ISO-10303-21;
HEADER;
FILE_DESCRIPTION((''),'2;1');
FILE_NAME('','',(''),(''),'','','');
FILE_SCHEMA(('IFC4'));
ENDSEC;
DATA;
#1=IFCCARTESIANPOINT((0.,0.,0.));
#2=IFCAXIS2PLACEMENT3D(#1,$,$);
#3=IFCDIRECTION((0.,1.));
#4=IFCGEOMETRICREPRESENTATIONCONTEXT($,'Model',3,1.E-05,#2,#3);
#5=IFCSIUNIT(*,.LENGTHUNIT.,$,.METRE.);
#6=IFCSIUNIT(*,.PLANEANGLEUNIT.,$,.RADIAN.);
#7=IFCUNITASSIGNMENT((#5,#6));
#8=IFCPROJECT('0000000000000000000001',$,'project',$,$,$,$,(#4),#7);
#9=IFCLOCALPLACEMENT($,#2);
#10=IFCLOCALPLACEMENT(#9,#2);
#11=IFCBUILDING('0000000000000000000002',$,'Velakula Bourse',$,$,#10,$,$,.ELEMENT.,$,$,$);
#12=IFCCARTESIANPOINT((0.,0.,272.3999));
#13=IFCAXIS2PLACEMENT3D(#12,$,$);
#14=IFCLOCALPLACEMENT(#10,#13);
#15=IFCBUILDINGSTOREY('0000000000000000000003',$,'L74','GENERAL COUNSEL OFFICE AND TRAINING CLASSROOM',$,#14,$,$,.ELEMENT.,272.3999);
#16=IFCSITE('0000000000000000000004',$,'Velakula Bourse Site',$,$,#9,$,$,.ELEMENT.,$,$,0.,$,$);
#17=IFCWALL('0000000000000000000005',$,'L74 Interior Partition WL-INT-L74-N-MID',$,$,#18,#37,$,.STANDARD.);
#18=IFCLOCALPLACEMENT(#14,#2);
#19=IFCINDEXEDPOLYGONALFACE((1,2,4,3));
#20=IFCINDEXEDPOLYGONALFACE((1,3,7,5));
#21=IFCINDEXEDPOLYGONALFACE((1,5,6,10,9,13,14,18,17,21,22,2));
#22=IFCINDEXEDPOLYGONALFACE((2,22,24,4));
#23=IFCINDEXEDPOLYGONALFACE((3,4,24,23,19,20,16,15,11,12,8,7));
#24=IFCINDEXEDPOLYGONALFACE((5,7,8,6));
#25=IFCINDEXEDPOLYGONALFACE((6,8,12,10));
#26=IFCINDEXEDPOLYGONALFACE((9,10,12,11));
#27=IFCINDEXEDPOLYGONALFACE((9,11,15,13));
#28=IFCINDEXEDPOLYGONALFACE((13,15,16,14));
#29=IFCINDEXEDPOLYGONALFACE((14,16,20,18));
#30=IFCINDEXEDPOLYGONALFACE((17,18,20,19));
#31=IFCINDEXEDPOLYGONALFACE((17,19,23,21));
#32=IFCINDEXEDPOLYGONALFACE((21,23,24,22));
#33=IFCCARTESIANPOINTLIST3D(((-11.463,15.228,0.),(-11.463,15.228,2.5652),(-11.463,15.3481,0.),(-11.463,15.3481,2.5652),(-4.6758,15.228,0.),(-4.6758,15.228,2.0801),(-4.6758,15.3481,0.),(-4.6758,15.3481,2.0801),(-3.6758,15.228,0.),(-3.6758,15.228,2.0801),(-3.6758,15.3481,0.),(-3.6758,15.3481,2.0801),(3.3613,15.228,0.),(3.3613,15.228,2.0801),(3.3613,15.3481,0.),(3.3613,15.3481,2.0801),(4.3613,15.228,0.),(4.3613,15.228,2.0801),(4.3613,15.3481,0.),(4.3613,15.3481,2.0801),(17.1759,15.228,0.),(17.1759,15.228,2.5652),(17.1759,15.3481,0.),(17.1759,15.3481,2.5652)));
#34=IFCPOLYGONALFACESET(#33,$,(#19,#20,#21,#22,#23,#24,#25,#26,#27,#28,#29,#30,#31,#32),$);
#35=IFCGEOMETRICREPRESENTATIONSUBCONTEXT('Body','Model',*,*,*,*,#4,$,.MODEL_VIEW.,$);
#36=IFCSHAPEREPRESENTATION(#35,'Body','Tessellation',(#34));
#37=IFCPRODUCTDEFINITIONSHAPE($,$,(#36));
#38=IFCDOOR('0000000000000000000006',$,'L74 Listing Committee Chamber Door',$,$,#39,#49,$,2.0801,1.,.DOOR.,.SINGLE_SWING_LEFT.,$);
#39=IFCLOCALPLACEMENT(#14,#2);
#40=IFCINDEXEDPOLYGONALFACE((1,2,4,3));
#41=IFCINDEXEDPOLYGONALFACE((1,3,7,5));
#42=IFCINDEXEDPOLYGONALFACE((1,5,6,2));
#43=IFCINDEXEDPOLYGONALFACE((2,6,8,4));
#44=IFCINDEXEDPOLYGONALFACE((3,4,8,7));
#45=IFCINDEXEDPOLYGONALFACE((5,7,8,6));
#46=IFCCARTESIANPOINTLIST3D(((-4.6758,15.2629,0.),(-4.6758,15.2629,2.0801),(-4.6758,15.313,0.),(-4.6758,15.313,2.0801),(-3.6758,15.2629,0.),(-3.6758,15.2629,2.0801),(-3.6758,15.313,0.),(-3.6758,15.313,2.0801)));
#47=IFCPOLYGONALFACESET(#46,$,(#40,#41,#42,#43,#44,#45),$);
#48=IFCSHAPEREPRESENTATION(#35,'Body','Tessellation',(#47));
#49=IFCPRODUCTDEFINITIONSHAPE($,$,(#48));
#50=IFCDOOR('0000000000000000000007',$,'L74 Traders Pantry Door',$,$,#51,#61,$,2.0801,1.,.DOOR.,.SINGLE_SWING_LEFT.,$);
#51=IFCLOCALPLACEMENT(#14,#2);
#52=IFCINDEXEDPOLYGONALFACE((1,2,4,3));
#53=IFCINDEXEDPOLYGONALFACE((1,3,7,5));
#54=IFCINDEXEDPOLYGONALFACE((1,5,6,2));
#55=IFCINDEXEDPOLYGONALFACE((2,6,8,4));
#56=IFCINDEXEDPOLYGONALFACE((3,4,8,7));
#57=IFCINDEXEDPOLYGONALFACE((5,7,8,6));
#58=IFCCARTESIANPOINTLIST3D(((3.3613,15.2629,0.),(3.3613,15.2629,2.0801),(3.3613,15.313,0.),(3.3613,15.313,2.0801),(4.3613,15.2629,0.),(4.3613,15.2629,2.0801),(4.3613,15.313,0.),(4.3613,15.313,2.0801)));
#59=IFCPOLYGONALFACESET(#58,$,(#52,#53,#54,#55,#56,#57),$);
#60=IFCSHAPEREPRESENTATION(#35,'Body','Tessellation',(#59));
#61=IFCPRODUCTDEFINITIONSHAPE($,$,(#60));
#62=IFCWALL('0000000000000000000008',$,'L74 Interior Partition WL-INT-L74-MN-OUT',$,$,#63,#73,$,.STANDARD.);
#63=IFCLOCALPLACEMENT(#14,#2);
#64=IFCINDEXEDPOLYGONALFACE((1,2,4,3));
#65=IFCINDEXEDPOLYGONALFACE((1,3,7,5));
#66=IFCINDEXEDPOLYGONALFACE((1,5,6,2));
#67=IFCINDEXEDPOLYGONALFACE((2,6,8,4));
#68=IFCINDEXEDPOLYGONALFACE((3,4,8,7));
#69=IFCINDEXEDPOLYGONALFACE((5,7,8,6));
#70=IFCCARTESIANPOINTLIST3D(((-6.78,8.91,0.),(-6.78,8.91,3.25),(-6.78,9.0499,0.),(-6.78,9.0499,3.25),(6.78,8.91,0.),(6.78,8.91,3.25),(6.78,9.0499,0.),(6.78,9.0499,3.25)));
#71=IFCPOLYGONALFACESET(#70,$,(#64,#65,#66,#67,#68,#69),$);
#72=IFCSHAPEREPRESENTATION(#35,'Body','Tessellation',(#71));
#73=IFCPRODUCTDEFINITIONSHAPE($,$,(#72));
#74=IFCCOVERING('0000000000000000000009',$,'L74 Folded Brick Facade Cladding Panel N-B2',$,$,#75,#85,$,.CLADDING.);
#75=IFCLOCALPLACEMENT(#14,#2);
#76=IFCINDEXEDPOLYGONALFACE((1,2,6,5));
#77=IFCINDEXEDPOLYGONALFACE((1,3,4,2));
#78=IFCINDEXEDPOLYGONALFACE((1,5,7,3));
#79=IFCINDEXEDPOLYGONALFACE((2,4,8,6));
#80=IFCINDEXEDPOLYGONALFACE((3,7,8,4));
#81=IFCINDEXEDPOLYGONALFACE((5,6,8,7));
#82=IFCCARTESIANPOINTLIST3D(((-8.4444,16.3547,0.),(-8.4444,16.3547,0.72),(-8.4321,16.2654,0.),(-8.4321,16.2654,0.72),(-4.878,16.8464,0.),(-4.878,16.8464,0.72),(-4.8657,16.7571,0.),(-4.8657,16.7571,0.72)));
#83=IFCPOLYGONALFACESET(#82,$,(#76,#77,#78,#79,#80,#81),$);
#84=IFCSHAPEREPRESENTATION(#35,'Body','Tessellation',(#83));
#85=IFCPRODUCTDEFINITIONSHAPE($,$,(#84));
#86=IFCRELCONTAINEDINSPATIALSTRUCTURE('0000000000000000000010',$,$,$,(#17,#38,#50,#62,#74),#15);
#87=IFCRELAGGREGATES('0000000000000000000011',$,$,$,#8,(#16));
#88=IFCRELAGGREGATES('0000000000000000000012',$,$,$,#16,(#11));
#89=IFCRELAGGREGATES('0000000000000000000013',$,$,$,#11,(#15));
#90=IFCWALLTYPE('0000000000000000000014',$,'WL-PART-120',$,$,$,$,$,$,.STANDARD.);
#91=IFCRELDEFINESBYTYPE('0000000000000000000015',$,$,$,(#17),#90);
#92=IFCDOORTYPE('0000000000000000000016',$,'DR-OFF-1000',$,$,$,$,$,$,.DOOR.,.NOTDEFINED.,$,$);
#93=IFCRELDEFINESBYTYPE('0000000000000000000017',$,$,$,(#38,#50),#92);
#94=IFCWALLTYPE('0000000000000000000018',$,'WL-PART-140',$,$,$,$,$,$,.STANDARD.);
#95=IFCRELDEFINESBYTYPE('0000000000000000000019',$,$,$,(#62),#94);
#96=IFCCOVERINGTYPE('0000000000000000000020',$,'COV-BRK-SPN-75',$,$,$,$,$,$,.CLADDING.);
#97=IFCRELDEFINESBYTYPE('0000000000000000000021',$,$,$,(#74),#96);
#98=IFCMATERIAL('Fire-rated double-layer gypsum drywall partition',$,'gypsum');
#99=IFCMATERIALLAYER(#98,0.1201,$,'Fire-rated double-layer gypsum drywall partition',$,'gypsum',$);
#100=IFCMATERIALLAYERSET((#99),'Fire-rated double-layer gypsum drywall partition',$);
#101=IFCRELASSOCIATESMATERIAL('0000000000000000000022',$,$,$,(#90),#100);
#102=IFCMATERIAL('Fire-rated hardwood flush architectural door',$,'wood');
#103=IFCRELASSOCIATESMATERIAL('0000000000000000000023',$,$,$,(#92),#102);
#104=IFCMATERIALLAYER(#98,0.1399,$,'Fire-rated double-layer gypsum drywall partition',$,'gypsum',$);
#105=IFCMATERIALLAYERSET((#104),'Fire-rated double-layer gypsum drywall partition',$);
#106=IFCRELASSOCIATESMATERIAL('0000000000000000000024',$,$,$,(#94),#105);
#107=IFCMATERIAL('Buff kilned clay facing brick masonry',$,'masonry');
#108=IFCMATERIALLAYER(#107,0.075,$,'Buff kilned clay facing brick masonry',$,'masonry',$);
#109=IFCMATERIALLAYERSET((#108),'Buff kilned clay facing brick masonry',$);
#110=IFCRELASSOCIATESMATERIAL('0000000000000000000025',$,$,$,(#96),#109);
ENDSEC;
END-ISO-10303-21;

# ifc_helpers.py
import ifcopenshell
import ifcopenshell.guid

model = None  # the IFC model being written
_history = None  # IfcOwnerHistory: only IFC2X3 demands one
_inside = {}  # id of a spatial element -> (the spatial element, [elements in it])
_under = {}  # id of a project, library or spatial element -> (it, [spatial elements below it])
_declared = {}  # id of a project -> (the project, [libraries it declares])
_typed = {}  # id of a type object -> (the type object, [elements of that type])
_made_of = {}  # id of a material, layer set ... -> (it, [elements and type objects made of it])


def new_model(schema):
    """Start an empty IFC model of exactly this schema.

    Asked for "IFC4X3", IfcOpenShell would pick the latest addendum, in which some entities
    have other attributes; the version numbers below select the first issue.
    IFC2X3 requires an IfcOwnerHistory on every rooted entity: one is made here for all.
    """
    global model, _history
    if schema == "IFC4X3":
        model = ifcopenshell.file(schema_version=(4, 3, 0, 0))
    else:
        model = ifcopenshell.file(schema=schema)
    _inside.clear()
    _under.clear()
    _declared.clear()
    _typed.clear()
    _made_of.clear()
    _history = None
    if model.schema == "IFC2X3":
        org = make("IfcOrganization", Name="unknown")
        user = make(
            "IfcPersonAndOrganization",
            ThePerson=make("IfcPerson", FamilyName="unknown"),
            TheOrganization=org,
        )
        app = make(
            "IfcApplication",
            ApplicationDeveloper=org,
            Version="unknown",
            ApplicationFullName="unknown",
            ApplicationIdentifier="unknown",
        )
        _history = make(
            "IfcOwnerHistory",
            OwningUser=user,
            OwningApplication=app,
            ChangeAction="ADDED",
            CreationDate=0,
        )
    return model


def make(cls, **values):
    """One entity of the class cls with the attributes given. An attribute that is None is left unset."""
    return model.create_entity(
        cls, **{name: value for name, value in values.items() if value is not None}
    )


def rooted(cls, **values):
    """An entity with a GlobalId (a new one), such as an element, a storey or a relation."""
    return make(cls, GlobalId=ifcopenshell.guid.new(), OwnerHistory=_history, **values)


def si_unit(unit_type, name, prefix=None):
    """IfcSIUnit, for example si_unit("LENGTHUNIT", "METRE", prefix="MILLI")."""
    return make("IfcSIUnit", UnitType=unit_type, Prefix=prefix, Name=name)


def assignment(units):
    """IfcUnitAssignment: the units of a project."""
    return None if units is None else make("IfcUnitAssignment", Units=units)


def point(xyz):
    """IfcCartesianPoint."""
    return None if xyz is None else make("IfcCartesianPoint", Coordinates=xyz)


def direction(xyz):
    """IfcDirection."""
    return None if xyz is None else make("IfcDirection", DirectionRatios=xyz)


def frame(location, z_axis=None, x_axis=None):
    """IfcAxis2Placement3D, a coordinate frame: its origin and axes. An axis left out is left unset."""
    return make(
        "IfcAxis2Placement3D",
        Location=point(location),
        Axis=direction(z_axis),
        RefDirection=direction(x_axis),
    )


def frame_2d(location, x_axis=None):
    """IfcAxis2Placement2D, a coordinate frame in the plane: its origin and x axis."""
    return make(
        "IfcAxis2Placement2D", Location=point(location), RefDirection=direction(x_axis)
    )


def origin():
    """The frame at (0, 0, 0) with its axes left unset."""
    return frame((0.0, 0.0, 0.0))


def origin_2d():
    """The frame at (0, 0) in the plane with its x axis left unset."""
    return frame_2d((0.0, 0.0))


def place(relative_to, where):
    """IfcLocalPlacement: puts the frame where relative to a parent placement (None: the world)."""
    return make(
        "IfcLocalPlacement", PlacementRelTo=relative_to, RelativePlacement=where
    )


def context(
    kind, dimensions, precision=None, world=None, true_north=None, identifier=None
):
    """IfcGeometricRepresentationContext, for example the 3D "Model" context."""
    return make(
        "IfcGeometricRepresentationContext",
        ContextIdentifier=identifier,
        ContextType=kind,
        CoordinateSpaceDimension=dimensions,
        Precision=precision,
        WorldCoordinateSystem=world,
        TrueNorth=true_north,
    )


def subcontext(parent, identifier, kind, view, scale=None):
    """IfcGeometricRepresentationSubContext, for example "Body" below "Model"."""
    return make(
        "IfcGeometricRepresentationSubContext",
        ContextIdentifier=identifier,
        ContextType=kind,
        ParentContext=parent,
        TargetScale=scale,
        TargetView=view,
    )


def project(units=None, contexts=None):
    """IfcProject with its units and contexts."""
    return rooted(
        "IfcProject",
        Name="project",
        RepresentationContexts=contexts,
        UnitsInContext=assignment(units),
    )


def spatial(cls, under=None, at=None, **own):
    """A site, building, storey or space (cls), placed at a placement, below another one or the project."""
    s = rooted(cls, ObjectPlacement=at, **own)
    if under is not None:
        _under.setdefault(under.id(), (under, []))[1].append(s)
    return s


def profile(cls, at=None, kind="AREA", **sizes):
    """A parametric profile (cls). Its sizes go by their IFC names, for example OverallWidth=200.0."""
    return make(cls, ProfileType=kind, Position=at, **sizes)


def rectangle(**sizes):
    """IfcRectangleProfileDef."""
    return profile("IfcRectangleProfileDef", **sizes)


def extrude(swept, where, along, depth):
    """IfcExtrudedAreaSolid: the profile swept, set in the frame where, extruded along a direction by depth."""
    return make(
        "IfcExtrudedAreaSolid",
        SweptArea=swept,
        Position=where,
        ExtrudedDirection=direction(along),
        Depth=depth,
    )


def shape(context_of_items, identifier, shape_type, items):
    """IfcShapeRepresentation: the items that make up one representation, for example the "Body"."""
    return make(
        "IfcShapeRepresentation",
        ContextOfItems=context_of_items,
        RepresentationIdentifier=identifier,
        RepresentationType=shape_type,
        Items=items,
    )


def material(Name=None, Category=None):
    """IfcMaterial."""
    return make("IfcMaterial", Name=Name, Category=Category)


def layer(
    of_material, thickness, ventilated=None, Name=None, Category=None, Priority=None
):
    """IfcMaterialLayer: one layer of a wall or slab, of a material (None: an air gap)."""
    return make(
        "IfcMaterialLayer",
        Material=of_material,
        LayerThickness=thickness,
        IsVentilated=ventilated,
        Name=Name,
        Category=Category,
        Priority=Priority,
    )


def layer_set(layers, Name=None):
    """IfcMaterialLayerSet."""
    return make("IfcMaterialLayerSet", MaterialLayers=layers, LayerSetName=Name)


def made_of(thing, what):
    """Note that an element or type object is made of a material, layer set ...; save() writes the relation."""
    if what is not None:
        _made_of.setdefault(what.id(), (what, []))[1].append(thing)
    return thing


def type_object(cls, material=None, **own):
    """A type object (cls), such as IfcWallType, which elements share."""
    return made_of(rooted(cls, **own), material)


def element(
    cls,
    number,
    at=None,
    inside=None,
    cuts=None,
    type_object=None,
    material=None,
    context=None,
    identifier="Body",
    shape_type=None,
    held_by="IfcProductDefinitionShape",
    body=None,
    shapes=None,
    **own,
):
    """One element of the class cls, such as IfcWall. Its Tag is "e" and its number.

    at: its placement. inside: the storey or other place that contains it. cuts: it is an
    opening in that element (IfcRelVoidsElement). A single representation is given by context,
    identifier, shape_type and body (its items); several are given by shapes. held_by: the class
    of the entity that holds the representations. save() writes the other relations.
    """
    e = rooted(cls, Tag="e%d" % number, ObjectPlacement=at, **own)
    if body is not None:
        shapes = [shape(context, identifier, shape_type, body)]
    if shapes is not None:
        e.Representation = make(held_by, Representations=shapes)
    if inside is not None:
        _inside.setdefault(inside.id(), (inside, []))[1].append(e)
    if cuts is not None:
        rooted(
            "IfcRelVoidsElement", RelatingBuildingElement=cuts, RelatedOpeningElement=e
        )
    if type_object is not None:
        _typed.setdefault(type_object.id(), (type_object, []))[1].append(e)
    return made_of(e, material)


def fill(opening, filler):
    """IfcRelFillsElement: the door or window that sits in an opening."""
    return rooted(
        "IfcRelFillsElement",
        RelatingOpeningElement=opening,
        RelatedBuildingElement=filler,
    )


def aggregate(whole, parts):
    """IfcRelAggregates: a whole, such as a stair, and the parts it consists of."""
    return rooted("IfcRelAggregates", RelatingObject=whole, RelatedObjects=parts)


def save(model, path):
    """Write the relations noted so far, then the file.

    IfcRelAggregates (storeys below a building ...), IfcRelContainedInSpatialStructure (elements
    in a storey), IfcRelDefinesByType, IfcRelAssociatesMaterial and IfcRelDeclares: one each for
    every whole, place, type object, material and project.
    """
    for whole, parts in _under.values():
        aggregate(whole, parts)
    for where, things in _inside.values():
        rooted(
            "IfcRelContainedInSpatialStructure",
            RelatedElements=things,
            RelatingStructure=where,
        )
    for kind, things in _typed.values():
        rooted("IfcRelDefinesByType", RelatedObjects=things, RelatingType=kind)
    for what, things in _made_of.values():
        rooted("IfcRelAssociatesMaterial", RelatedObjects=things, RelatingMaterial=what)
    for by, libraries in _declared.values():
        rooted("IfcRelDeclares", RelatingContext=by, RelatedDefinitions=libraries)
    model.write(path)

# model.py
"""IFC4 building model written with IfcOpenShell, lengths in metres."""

from ifc_helpers import new_model, si_unit, direction, frame, frame_2d, origin, origin_2d, place, context, subcontext, project, spatial, rectangle, extrude, material, layer, layer_set, type_object, element, fill, save


model = new_model("IFC4")

# Units and contexts
model_context = context("Model", 3, precision=1e-05, world=origin(), true_north=direction((0.0, 1.0)))
body_context = subcontext(model_context, "Body", "Model", "MODEL_VIEW")
ifc_project = project(units=[si_unit("LENGTHUNIT", "METRE"), si_unit("PLANEANGLEUNIT", "RADIAN")], contexts=[model_context])

# Site, building, storey
site_placement = place(None, origin())
site = spatial("IfcSite", under=ifc_project, at=site_placement, Name="Velakula Bourse Site", CompositionType="ELEMENT", RefElevation=0.0)
building_placement = place(site_placement, origin())
building = spatial("IfcBuilding", under=site, at=building_placement, Name="Velakula Bourse", CompositionType="ELEMENT")
storey_placement = place(building_placement, frame((0.0, 0.0, 272.3999)))
storey = spatial("IfcBuildingStorey", under=building, at=storey_placement, Name="L74", Description="GENERAL COUNSEL OFFICE AND TRAINING CLASSROOM", CompositionType="ELEMENT", Elevation=272.3999)

# Shared definitions
ifc_material_1 = material(Name="Buff kilned clay facing brick masonry", Category="masonry")

# Shared definitions
ifc_material_2 = material(Name="Fire-rated double-layer gypsum drywall partition", Category="gypsum")
ifc_layer_1 = layer(ifc_material_2, 0.1201, Name="Fire-rated double-layer gypsum drywall partition", Category="gypsum")
ifc_layer_set_1 = layer_set([ifc_layer_1], Name="Fire-rated double-layer gypsum drywall partition")
wall_type_1 = type_object("IfcWallType", Name="WL-PART-120", PredefinedType="STANDARD", material=ifc_layer_set_1)
ifc_material_3 = material(Name="Fire-rated hardwood flush architectural door", Category="wood")

# Wall, openings, doors
wall_1_placement = place(storey_placement, frame((-11.4629, 15.2881, 0.0), z_axis=(0.0, 0.0, 1.0), x_axis=(1.0, 0.0, 0.0)))
wall_1 = element("IfcWall", 1, at=wall_1_placement, inside=storey, type_object=wall_type_1, Name="L74 Interior Partition WL-INT-L74-N-MID", PredefinedType="STANDARD", context=body_context, shape_type="SweptSolid", body=[
    extrude(rectangle(XDim=28.6389, YDim=0.1201, at=frame_2d((14.3193, 0.0))), origin(), (0.0, 0.0, 1.0), 2.5652),
])
opening_1_placement = place(wall_1_placement, frame((6.7871, 0.0, 0.0)))
opening_1 = element("IfcOpeningElement", 2, at=opening_1_placement, cuts=wall_1, PredefinedType="OPENING", context=body_context, shape_type="SweptSolid", body=[
    extrude(rectangle(XDim=1.0, YDim=2.0801, at=frame_2d((0.5, 1.04))), frame((0.0, 0.0701, 0.0), z_axis=(0.0, -1.0, 0.0), x_axis=(1.0, 0.0, 0.0)), (0.0, 0.0, 1.0), 0.1401),
])
opening_2_placement = place(wall_1_placement, frame((14.8242, 0.0, 0.0)))
opening_2 = element("IfcOpeningElement", 3, at=opening_2_placement, cuts=wall_1, PredefinedType="OPENING", context=body_context, shape_type="SweptSolid", body=[
    extrude(rectangle(XDim=1.0, YDim=2.0801, at=frame_2d((0.5, 1.04))), frame((0.0, 0.0701, 0.0), z_axis=(0.0, -1.0, 0.0), x_axis=(1.0, 0.0, 0.0)), (0.0, 0.0, 1.0), 0.1401),
])
door_type_1 = type_object("IfcDoorType", Name="DR-OFF-1000", OperationType="NOTDEFINED", PredefinedType="DOOR", material=ifc_material_3)
door_1_placement = place(opening_1_placement, origin())
door_1 = element("IfcDoor", 4, at=door_1_placement, inside=storey, type_object=door_type_1, Name="L74 Listing Committee Chamber Door", OperationType="SINGLE_SWING_LEFT", OverallHeight=2.0801, OverallWidth=1.0, PredefinedType="DOOR", context=body_context, shape_type="SweptSolid", body=[
    extrude(rectangle(XDim=1.0, YDim=2.0801, at=frame_2d((0.5, 1.04))), frame((0.0, 0.0249, 0.0), z_axis=(0.0, -1.0, 0.0), x_axis=(1.0, 0.0, 0.0)), (0.0, 0.0, 1.0), 0.05),
])
fill(opening_1, door_1)
door_2_placement = place(opening_2_placement, origin())
door_2 = element("IfcDoor", 5, at=door_2_placement, inside=storey, type_object=door_type_1, Name="L74 Traders Pantry Door", OperationType="SINGLE_SWING_LEFT", OverallHeight=2.0801, OverallWidth=1.0, PredefinedType="DOOR", context=body_context, shape_type="SweptSolid", body=[
    extrude(rectangle(XDim=1.0, YDim=2.0801, at=frame_2d((0.5, 1.04))), frame((0.0, 0.0249, 0.0), z_axis=(0.0, -1.0, 0.0), x_axis=(1.0, 0.0, 0.0)), (0.0, 0.0, 1.0), 0.05),
])
fill(opening_2, door_2)

# Wall
ifc_layer_2 = layer(ifc_material_2, 0.1399, Name="Fire-rated double-layer gypsum drywall partition", Category="gypsum")
ifc_layer_set_2 = layer_set([ifc_layer_2], Name="Fire-rated double-layer gypsum drywall partition")
wall_type_2 = type_object("IfcWallType", Name="WL-PART-140", PredefinedType="STANDARD", material=ifc_layer_set_2)
wall_2_placement = place(storey_placement, frame((-6.78, 8.98, 0.0), z_axis=(0.0, 0.0, 1.0), x_axis=(1.0, 0.0, 0.0)))
element("IfcWall", 6, at=wall_2_placement, inside=storey, type_object=wall_type_2, Name="L74 Interior Partition WL-INT-L74-MN-OUT", PredefinedType="STANDARD", context=body_context, shape_type="SweptSolid", body=[
    extrude(rectangle(XDim=13.5601, YDim=0.1399, at=frame_2d((6.78, 0.0))), origin(), (0.0, 0.0, 1.0), 3.25),
])

# Covering
ifc_layer_3 = layer(ifc_material_1, 0.075, Name="Buff kilned clay facing brick masonry", Category="masonry")
ifc_layer_set_3 = layer_set([ifc_layer_3], Name="Buff kilned clay facing brick masonry")
covering_type = type_object("IfcCoveringType", Name="COV-BRK-SPN-75", PredefinedType="CLADDING", material=ifc_layer_set_3)
covering_placement = place(storey_placement, frame((-6.655, 16.5559, 0.0), z_axis=(0.0, 0.0, 1.0), x_axis=(0.990629, 0.13658, 0.0)))
element("IfcCovering", 7, at=covering_placement, inside=storey, type_object=covering_type, Name="L74 Folded Brick Facade Cladding Panel N-B2", PredefinedType="CLADDING", context=body_context, shape_type="SweptSolid", body=[
    extrude(rectangle(XDim=3.6001, YDim=0.0901, at=origin_2d()), origin(), (0.0, 0.0, 1.0), 0.72),
])

save(model, "model.ifc")
